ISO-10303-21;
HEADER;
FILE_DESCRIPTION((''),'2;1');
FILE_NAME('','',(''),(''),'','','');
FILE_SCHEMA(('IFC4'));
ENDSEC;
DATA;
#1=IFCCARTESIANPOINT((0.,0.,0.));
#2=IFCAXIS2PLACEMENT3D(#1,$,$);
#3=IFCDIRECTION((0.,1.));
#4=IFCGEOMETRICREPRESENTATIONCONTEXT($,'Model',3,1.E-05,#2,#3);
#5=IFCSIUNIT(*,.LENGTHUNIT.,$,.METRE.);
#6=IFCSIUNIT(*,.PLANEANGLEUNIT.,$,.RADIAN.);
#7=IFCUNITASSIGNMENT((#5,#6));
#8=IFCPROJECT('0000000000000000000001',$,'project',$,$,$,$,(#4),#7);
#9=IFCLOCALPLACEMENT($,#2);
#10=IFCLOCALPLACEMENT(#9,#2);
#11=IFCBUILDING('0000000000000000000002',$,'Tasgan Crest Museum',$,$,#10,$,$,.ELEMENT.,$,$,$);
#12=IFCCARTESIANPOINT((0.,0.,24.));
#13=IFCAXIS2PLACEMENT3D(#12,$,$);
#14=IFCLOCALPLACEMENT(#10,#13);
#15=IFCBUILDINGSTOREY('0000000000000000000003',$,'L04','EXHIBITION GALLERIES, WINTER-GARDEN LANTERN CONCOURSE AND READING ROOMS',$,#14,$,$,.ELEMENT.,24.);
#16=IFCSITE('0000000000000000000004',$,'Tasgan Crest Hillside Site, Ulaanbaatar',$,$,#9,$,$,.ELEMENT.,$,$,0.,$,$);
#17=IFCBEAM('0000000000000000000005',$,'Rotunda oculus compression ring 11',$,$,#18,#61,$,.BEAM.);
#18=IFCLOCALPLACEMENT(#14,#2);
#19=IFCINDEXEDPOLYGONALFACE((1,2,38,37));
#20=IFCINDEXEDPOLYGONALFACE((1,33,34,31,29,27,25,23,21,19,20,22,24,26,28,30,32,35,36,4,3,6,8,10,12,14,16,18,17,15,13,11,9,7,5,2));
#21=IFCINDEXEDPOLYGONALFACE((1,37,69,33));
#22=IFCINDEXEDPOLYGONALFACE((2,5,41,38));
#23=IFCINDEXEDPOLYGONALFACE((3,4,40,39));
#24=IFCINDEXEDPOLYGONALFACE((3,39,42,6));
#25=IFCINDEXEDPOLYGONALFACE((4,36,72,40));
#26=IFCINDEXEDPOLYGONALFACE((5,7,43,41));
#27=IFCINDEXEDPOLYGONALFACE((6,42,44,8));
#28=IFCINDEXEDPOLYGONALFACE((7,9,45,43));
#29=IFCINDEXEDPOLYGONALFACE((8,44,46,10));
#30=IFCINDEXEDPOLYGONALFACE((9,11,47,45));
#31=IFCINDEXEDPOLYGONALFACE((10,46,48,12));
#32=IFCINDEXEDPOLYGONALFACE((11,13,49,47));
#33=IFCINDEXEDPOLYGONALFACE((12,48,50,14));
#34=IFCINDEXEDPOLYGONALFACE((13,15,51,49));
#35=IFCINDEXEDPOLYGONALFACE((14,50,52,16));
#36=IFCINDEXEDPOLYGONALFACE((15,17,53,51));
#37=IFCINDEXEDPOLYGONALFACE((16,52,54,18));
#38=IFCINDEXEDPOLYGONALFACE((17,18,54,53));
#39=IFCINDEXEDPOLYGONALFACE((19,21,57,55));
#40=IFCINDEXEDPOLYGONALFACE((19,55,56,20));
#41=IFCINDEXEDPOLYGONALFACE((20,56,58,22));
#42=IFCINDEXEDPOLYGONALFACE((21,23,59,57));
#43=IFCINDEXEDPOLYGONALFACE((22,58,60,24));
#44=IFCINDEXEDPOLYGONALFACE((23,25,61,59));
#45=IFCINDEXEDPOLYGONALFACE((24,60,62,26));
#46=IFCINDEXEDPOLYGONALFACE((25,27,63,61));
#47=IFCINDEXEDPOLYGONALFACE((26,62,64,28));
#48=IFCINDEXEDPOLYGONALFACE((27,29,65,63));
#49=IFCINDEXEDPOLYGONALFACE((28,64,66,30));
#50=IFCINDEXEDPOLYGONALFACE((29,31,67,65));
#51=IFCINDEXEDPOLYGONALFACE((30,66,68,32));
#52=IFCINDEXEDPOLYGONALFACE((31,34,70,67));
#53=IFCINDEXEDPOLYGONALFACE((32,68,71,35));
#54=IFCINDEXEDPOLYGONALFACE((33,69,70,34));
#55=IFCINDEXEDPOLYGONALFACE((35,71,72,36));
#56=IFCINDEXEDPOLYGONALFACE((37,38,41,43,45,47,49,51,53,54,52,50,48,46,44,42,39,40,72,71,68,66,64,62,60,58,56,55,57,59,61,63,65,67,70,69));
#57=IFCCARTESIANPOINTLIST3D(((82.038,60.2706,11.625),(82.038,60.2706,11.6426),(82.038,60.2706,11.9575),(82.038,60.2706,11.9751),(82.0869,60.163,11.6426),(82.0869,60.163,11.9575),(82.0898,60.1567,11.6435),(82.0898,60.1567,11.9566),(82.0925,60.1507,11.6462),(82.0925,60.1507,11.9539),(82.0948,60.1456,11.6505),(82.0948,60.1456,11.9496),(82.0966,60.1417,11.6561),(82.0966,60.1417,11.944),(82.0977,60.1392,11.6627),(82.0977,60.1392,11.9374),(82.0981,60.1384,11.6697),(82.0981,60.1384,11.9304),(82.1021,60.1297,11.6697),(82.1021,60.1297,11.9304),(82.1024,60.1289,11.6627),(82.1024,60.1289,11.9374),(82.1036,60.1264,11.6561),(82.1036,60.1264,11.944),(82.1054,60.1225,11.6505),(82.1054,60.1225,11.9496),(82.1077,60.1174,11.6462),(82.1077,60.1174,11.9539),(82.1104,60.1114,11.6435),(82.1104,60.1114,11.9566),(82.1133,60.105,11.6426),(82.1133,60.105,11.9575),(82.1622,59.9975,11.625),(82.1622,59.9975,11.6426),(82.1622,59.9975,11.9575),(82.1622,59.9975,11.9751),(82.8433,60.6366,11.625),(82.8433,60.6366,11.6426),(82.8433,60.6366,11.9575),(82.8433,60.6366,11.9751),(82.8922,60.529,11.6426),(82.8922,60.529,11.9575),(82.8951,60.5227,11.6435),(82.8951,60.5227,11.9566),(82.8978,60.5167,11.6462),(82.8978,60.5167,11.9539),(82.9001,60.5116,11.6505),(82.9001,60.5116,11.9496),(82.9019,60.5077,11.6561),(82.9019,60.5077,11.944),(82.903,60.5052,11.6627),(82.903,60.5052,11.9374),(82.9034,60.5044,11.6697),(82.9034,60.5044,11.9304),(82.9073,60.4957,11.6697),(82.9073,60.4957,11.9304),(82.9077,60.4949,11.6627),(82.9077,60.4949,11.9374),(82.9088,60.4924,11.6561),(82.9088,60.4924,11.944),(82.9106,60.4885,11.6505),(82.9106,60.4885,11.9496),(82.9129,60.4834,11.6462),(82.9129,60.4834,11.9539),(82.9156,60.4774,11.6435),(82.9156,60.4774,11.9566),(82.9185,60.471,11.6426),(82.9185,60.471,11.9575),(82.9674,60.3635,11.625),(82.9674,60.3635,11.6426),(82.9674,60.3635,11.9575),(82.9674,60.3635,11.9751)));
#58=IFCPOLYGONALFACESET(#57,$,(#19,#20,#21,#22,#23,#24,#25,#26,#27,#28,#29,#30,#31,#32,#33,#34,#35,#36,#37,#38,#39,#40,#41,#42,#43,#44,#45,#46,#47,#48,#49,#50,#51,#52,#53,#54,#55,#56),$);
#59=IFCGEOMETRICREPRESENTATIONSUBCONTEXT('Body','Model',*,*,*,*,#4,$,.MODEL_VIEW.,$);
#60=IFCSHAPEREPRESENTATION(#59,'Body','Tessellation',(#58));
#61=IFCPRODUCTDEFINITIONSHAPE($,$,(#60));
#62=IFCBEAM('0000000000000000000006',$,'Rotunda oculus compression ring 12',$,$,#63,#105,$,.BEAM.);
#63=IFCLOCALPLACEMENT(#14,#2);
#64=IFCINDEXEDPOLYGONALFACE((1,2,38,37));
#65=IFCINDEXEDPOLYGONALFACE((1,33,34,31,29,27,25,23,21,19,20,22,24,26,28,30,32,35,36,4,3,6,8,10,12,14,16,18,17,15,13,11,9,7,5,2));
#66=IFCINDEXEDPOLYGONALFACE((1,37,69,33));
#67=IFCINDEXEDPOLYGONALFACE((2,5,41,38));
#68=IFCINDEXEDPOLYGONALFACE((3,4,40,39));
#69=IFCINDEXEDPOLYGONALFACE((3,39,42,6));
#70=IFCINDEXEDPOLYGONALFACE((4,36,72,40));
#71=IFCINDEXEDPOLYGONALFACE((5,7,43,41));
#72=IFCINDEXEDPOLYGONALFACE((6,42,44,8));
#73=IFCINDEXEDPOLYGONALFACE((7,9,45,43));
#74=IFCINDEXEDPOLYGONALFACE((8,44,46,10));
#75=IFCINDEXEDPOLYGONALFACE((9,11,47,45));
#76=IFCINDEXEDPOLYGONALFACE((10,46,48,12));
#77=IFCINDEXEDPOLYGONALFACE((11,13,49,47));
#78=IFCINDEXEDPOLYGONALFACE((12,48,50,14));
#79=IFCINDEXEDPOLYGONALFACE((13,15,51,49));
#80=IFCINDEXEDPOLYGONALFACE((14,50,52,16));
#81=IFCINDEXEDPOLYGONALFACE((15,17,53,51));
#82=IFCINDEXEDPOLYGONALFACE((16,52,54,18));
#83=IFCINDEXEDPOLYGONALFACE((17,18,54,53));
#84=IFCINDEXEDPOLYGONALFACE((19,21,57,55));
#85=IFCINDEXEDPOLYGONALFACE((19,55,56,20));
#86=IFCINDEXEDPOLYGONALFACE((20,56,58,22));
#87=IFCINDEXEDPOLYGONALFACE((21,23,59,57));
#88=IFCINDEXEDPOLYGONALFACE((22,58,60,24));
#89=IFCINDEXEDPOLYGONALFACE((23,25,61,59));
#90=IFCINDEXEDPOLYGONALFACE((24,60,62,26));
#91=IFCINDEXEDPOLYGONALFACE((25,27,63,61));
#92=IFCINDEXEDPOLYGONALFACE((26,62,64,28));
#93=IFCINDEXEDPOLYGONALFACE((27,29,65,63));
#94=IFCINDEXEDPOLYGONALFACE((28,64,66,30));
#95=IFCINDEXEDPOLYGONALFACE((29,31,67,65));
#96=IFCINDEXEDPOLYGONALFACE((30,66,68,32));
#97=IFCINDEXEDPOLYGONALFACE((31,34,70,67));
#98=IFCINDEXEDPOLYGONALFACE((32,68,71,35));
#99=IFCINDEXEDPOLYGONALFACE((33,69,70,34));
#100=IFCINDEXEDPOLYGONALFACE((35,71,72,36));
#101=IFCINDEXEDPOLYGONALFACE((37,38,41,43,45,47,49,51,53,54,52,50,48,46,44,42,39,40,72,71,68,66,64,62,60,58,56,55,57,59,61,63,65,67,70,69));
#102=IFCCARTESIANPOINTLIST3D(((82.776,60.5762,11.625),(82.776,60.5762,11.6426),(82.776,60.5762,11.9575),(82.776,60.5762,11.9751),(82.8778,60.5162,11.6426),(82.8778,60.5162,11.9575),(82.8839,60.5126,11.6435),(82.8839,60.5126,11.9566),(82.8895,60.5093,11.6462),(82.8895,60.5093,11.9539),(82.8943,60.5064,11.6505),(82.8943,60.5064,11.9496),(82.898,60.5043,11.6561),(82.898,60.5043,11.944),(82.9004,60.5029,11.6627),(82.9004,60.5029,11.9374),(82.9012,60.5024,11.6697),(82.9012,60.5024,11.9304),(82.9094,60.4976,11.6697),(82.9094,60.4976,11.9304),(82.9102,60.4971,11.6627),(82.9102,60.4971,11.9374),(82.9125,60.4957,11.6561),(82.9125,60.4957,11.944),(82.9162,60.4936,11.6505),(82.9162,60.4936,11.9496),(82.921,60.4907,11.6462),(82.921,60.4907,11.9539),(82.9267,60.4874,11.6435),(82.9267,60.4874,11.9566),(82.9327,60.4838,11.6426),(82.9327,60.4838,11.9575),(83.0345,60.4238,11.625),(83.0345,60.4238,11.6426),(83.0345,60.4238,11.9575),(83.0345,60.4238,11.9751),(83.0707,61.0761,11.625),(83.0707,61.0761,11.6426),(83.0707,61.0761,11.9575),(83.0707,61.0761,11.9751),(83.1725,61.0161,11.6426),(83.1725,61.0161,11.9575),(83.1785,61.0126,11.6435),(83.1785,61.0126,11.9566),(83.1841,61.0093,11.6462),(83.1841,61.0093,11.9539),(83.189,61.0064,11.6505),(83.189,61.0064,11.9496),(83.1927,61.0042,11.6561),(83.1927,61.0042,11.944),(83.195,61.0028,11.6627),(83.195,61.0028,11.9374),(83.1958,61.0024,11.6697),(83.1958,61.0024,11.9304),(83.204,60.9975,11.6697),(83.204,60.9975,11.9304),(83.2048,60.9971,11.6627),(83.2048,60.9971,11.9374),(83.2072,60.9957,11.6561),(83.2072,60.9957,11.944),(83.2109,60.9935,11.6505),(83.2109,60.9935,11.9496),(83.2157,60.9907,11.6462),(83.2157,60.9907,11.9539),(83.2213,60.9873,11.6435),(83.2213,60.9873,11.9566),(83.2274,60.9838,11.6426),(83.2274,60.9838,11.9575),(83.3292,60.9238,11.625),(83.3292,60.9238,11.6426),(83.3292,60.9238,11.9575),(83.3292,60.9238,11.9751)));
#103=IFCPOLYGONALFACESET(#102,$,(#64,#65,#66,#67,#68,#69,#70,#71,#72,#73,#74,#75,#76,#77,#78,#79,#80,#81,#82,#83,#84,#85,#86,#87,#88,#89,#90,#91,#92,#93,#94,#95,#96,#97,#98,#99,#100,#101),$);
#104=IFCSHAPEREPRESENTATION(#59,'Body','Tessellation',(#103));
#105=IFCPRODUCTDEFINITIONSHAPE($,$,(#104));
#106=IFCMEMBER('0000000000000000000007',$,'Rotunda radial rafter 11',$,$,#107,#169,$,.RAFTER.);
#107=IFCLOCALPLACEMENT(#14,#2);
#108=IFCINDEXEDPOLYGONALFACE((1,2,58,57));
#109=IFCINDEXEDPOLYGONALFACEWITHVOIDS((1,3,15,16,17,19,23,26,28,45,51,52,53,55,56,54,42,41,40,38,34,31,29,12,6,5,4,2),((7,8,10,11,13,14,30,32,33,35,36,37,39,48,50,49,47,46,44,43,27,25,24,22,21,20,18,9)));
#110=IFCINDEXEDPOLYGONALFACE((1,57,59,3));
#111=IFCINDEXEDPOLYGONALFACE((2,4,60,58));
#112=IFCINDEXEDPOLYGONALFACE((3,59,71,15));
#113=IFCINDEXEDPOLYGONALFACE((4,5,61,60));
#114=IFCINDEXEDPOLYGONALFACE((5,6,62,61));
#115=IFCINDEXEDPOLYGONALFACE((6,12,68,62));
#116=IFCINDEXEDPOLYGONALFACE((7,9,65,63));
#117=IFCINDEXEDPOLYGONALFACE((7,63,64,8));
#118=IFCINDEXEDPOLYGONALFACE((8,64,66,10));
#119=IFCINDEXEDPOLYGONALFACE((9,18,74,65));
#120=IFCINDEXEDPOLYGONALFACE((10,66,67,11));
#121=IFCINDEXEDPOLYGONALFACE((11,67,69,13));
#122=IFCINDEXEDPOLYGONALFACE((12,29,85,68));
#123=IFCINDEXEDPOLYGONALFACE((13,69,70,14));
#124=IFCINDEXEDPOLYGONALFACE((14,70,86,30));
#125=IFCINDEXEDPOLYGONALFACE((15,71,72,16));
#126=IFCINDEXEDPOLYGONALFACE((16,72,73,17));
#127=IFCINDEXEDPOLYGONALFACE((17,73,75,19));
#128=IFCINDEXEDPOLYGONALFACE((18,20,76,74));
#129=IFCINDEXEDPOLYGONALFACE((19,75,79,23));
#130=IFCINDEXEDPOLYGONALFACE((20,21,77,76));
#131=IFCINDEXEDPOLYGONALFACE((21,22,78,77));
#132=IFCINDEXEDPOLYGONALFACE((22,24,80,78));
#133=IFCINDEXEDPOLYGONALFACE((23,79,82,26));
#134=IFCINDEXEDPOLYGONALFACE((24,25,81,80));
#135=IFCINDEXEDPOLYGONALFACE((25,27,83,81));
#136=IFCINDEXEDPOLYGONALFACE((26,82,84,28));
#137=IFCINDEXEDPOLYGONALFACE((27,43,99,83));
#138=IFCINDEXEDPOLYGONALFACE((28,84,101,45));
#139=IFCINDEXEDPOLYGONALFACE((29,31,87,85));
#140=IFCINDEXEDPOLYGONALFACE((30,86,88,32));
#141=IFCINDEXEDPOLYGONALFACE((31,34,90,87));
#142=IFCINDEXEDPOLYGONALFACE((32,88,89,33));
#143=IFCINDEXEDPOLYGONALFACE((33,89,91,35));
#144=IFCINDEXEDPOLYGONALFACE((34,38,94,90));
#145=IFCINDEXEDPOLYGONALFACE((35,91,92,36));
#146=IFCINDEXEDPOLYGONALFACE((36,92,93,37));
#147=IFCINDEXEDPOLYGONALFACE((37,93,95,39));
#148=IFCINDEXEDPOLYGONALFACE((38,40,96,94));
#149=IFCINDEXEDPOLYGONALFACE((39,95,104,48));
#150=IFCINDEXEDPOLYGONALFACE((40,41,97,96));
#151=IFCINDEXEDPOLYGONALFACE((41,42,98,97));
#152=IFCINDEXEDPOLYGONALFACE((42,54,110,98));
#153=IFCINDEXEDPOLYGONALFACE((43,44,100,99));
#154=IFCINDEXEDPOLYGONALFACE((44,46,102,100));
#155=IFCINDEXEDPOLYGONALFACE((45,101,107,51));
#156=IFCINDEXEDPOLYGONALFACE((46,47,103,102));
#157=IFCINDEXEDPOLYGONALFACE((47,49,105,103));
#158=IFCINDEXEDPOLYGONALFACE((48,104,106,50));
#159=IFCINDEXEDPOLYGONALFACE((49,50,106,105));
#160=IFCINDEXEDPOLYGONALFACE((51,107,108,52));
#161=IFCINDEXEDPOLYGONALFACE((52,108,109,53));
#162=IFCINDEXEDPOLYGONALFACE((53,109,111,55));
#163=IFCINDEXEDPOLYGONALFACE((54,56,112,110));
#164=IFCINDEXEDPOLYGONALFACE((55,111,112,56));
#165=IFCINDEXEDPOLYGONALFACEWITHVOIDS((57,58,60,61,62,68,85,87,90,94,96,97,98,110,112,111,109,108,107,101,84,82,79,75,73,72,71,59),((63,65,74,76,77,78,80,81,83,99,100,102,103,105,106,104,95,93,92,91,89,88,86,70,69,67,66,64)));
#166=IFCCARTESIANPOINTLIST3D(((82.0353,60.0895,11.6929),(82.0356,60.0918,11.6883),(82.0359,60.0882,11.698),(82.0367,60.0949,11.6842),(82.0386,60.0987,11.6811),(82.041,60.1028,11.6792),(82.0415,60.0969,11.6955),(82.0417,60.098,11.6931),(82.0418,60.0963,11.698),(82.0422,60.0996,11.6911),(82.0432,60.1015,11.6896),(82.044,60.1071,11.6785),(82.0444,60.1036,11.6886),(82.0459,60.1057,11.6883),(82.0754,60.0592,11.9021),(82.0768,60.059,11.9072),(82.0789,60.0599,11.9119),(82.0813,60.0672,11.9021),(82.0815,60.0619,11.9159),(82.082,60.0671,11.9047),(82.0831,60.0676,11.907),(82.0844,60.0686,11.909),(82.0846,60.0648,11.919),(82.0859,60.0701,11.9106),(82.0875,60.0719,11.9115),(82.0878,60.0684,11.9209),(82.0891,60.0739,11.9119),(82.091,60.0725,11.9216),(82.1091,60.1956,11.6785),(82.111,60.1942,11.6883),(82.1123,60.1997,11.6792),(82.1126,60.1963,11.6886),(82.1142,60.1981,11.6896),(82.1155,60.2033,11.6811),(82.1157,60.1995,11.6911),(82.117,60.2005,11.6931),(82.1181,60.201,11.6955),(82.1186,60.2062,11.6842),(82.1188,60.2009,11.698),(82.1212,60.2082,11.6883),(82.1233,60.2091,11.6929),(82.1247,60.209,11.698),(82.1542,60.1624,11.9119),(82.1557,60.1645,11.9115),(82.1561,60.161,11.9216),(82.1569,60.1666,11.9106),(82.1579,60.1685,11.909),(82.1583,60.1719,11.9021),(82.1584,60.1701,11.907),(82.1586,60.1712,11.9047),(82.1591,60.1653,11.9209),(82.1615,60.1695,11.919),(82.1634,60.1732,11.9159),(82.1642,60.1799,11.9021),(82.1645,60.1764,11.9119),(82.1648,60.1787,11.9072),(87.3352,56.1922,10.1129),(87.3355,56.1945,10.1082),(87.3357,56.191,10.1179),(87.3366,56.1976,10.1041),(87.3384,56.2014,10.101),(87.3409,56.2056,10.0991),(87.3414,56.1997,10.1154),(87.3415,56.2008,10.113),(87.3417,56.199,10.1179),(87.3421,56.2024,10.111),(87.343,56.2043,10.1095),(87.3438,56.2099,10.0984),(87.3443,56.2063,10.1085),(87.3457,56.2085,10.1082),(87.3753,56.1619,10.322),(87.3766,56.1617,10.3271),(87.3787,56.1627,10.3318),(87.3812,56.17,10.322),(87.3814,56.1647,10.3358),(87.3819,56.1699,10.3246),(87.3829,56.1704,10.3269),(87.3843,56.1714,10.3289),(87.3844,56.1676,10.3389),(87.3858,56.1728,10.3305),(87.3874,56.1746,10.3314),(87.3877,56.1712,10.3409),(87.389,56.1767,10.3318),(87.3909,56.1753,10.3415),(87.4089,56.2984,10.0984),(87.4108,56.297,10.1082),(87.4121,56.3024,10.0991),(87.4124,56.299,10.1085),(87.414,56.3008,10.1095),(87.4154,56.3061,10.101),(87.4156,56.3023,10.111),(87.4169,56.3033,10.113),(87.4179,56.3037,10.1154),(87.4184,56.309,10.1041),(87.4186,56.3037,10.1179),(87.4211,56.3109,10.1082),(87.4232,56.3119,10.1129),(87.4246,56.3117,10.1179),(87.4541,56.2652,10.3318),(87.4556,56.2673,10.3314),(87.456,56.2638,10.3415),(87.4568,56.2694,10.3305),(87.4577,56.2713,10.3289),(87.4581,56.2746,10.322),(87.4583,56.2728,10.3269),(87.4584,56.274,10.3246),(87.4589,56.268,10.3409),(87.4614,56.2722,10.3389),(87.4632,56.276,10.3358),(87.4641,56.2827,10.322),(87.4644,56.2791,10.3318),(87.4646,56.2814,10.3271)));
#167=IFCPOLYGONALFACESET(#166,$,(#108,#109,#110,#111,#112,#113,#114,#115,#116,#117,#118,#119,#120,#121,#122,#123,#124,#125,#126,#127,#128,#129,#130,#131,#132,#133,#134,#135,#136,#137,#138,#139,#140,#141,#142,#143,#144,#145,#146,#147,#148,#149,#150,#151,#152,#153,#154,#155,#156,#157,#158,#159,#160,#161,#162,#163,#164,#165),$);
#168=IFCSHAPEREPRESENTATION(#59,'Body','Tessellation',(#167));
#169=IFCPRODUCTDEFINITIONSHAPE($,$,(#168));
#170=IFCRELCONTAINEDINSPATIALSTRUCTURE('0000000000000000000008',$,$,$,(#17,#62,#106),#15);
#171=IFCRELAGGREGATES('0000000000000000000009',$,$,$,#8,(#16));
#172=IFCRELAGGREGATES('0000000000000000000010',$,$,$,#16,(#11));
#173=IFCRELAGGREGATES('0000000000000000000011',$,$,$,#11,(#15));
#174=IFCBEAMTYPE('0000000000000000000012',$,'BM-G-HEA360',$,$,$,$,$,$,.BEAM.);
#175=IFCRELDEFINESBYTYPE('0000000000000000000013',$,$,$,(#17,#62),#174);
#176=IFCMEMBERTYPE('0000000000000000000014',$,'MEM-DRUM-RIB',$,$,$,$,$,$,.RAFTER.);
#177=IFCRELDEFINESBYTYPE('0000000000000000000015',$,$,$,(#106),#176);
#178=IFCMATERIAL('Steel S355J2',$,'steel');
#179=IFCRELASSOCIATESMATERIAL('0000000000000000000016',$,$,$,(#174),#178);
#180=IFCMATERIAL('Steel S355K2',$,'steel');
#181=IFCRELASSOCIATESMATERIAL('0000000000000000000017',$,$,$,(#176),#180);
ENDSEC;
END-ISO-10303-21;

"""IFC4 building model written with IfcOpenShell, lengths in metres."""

from ifc_helpers import new_model, si_unit, direction, frame, origin, origin_2d, place, context, subcontext, project, spatial, hollow_rectangle, i_section, extrude, material, material_profile, profile_set, type_object, element, save


model = new_model("IFC4")

# Units and contexts
model_context = context("Model", 3, precision=1e-05, world=origin(), true_north=direction((0.0, 1.0)))
body_context = subcontext(model_context, "Body", "Model", "MODEL_VIEW")
ifc_project = project(units=[si_unit("LENGTHUNIT", "METRE"), si_unit("PLANEANGLEUNIT", "RADIAN")], contexts=[model_context])

# Site, building, storey
site_placement = place(None, origin())
site = spatial("IfcSite", under=ifc_project, at=site_placement, Name="Tasgan Crest Hillside Site, Ulaanbaatar", CompositionType="ELEMENT", RefElevation=0.0)
building_placement = place(site_placement, origin())
building = spatial("IfcBuilding", under=site, at=building_placement, Name="Tasgan Crest Museum", CompositionType="ELEMENT")
storey_placement = place(building_placement, frame((0.0, 0.0, 24.0)))
storey = spatial("IfcBuildingStorey", under=building, at=storey_placement, Name="L04", Description="EXHIBITION GALLERIES, WINTER-GARDEN LANTERN CONCOURSE AND READING ROOMS", CompositionType="ELEMENT", Elevation=24.0)

# Beams
ifc_material_1 = material(Name="Steel S355J2", Category="steel")
ifc_material_profile_1 = material_profile(ifc_material_1, i_section(OverallWidth=0.3, OverallDepth=0.3501, WebThickness=0.0095, FlangeThickness=0.0176, FilletRadius=0.0271, at=origin_2d()), Name="HEA 360")
ifc_profile_set_1 = profile_set([ifc_material_profile_1], Name="Steel S355J2")
beam_type_1 = type_object("IfcBeamType", Name="BM-G-HEA360", PredefinedType="BEAM", material=ifc_profile_set_1)
beam_1_placement = place(storey_placement, frame((82.1001, 60.134, 11.8), z_axis=(0.910376, 0.413782, 0.0), x_axis=(-0.413782, 0.910376, 0.0)))
element("IfcBeam", 1, at=beam_1_placement, inside=storey, type_object=beam_type_1, Name="Rotunda oculus compression ring 11", PredefinedType="BEAM", context=body_context, shape_type="SweptSolid", body=[
    extrude(i_section(OverallWidth=0.3, OverallDepth=0.3501, WebThickness=0.0095, FlangeThickness=0.0176, FilletRadius=0.0271, at=origin_2d()), origin(), (0.0, 0.0, 1.0), 0.8845),
])
beam_2_placement = place(storey_placement, frame((82.9053, 60.5, 11.8), z_axis=(0.507737, 0.861512, 0.0), x_axis=(-0.861512, 0.507737, 0.0)))
element("IfcBeam", 2, at=beam_2_placement, inside=storey, type_object=beam_type_1, Name="Rotunda oculus compression ring 12", PredefinedType="BEAM", context=body_context, shape_type="SweptSolid", body=[
    extrude(i_section(OverallWidth=0.3, OverallDepth=0.3501, WebThickness=0.0095, FlangeThickness=0.0176, FilletRadius=0.0271, at=origin_2d()), origin(), (0.0, 0.0, 1.0), 0.5803),
])

# Member
ifc_material_2 = material(Name="Steel S355K2", Category="steel")
ifc_material_profile_2 = material_profile(ifc_material_2, hollow_rectangle(XDim=0.1499, YDim=0.25, WallThickness=0.01, InnerFilletRadius=0.01, OuterFilletRadius=0.02, at=origin_2d()), Name="RHS 250x150x10")
ifc_profile_set_2 = profile_set([ifc_material_profile_2], Name="Steel S355K2")
member_type_1 = type_object("IfcMemberType", Name="MEM-DRUM-RIB", PredefinedType="RAFTER", material=ifc_profile_set_2)
member_1_placement = place(storey_placement, frame((87.3999, 56.2368, 10.22), z_axis=(-0.78335, 0.576037, 0.233547), x_axis=(-0.59242, -0.805629, 0.0)))
element("IfcMember", 3, at=member_1_placement, inside=storey, type_object=member_type_1, Name="Rotunda radial rafter 11", PredefinedType="RAFTER", context=body_context, shape_type="SweptSolid", body=[
    extrude(hollow_rectangle(XDim=0.1499, YDim=0.25, WallThickness=0.01, InnerFilletRadius=0.01, OuterFilletRadius=0.02, at=origin_2d()), origin(), (0.0, 0.0, 1.0), 6.7656),
])

save(model, "model.ifc")
